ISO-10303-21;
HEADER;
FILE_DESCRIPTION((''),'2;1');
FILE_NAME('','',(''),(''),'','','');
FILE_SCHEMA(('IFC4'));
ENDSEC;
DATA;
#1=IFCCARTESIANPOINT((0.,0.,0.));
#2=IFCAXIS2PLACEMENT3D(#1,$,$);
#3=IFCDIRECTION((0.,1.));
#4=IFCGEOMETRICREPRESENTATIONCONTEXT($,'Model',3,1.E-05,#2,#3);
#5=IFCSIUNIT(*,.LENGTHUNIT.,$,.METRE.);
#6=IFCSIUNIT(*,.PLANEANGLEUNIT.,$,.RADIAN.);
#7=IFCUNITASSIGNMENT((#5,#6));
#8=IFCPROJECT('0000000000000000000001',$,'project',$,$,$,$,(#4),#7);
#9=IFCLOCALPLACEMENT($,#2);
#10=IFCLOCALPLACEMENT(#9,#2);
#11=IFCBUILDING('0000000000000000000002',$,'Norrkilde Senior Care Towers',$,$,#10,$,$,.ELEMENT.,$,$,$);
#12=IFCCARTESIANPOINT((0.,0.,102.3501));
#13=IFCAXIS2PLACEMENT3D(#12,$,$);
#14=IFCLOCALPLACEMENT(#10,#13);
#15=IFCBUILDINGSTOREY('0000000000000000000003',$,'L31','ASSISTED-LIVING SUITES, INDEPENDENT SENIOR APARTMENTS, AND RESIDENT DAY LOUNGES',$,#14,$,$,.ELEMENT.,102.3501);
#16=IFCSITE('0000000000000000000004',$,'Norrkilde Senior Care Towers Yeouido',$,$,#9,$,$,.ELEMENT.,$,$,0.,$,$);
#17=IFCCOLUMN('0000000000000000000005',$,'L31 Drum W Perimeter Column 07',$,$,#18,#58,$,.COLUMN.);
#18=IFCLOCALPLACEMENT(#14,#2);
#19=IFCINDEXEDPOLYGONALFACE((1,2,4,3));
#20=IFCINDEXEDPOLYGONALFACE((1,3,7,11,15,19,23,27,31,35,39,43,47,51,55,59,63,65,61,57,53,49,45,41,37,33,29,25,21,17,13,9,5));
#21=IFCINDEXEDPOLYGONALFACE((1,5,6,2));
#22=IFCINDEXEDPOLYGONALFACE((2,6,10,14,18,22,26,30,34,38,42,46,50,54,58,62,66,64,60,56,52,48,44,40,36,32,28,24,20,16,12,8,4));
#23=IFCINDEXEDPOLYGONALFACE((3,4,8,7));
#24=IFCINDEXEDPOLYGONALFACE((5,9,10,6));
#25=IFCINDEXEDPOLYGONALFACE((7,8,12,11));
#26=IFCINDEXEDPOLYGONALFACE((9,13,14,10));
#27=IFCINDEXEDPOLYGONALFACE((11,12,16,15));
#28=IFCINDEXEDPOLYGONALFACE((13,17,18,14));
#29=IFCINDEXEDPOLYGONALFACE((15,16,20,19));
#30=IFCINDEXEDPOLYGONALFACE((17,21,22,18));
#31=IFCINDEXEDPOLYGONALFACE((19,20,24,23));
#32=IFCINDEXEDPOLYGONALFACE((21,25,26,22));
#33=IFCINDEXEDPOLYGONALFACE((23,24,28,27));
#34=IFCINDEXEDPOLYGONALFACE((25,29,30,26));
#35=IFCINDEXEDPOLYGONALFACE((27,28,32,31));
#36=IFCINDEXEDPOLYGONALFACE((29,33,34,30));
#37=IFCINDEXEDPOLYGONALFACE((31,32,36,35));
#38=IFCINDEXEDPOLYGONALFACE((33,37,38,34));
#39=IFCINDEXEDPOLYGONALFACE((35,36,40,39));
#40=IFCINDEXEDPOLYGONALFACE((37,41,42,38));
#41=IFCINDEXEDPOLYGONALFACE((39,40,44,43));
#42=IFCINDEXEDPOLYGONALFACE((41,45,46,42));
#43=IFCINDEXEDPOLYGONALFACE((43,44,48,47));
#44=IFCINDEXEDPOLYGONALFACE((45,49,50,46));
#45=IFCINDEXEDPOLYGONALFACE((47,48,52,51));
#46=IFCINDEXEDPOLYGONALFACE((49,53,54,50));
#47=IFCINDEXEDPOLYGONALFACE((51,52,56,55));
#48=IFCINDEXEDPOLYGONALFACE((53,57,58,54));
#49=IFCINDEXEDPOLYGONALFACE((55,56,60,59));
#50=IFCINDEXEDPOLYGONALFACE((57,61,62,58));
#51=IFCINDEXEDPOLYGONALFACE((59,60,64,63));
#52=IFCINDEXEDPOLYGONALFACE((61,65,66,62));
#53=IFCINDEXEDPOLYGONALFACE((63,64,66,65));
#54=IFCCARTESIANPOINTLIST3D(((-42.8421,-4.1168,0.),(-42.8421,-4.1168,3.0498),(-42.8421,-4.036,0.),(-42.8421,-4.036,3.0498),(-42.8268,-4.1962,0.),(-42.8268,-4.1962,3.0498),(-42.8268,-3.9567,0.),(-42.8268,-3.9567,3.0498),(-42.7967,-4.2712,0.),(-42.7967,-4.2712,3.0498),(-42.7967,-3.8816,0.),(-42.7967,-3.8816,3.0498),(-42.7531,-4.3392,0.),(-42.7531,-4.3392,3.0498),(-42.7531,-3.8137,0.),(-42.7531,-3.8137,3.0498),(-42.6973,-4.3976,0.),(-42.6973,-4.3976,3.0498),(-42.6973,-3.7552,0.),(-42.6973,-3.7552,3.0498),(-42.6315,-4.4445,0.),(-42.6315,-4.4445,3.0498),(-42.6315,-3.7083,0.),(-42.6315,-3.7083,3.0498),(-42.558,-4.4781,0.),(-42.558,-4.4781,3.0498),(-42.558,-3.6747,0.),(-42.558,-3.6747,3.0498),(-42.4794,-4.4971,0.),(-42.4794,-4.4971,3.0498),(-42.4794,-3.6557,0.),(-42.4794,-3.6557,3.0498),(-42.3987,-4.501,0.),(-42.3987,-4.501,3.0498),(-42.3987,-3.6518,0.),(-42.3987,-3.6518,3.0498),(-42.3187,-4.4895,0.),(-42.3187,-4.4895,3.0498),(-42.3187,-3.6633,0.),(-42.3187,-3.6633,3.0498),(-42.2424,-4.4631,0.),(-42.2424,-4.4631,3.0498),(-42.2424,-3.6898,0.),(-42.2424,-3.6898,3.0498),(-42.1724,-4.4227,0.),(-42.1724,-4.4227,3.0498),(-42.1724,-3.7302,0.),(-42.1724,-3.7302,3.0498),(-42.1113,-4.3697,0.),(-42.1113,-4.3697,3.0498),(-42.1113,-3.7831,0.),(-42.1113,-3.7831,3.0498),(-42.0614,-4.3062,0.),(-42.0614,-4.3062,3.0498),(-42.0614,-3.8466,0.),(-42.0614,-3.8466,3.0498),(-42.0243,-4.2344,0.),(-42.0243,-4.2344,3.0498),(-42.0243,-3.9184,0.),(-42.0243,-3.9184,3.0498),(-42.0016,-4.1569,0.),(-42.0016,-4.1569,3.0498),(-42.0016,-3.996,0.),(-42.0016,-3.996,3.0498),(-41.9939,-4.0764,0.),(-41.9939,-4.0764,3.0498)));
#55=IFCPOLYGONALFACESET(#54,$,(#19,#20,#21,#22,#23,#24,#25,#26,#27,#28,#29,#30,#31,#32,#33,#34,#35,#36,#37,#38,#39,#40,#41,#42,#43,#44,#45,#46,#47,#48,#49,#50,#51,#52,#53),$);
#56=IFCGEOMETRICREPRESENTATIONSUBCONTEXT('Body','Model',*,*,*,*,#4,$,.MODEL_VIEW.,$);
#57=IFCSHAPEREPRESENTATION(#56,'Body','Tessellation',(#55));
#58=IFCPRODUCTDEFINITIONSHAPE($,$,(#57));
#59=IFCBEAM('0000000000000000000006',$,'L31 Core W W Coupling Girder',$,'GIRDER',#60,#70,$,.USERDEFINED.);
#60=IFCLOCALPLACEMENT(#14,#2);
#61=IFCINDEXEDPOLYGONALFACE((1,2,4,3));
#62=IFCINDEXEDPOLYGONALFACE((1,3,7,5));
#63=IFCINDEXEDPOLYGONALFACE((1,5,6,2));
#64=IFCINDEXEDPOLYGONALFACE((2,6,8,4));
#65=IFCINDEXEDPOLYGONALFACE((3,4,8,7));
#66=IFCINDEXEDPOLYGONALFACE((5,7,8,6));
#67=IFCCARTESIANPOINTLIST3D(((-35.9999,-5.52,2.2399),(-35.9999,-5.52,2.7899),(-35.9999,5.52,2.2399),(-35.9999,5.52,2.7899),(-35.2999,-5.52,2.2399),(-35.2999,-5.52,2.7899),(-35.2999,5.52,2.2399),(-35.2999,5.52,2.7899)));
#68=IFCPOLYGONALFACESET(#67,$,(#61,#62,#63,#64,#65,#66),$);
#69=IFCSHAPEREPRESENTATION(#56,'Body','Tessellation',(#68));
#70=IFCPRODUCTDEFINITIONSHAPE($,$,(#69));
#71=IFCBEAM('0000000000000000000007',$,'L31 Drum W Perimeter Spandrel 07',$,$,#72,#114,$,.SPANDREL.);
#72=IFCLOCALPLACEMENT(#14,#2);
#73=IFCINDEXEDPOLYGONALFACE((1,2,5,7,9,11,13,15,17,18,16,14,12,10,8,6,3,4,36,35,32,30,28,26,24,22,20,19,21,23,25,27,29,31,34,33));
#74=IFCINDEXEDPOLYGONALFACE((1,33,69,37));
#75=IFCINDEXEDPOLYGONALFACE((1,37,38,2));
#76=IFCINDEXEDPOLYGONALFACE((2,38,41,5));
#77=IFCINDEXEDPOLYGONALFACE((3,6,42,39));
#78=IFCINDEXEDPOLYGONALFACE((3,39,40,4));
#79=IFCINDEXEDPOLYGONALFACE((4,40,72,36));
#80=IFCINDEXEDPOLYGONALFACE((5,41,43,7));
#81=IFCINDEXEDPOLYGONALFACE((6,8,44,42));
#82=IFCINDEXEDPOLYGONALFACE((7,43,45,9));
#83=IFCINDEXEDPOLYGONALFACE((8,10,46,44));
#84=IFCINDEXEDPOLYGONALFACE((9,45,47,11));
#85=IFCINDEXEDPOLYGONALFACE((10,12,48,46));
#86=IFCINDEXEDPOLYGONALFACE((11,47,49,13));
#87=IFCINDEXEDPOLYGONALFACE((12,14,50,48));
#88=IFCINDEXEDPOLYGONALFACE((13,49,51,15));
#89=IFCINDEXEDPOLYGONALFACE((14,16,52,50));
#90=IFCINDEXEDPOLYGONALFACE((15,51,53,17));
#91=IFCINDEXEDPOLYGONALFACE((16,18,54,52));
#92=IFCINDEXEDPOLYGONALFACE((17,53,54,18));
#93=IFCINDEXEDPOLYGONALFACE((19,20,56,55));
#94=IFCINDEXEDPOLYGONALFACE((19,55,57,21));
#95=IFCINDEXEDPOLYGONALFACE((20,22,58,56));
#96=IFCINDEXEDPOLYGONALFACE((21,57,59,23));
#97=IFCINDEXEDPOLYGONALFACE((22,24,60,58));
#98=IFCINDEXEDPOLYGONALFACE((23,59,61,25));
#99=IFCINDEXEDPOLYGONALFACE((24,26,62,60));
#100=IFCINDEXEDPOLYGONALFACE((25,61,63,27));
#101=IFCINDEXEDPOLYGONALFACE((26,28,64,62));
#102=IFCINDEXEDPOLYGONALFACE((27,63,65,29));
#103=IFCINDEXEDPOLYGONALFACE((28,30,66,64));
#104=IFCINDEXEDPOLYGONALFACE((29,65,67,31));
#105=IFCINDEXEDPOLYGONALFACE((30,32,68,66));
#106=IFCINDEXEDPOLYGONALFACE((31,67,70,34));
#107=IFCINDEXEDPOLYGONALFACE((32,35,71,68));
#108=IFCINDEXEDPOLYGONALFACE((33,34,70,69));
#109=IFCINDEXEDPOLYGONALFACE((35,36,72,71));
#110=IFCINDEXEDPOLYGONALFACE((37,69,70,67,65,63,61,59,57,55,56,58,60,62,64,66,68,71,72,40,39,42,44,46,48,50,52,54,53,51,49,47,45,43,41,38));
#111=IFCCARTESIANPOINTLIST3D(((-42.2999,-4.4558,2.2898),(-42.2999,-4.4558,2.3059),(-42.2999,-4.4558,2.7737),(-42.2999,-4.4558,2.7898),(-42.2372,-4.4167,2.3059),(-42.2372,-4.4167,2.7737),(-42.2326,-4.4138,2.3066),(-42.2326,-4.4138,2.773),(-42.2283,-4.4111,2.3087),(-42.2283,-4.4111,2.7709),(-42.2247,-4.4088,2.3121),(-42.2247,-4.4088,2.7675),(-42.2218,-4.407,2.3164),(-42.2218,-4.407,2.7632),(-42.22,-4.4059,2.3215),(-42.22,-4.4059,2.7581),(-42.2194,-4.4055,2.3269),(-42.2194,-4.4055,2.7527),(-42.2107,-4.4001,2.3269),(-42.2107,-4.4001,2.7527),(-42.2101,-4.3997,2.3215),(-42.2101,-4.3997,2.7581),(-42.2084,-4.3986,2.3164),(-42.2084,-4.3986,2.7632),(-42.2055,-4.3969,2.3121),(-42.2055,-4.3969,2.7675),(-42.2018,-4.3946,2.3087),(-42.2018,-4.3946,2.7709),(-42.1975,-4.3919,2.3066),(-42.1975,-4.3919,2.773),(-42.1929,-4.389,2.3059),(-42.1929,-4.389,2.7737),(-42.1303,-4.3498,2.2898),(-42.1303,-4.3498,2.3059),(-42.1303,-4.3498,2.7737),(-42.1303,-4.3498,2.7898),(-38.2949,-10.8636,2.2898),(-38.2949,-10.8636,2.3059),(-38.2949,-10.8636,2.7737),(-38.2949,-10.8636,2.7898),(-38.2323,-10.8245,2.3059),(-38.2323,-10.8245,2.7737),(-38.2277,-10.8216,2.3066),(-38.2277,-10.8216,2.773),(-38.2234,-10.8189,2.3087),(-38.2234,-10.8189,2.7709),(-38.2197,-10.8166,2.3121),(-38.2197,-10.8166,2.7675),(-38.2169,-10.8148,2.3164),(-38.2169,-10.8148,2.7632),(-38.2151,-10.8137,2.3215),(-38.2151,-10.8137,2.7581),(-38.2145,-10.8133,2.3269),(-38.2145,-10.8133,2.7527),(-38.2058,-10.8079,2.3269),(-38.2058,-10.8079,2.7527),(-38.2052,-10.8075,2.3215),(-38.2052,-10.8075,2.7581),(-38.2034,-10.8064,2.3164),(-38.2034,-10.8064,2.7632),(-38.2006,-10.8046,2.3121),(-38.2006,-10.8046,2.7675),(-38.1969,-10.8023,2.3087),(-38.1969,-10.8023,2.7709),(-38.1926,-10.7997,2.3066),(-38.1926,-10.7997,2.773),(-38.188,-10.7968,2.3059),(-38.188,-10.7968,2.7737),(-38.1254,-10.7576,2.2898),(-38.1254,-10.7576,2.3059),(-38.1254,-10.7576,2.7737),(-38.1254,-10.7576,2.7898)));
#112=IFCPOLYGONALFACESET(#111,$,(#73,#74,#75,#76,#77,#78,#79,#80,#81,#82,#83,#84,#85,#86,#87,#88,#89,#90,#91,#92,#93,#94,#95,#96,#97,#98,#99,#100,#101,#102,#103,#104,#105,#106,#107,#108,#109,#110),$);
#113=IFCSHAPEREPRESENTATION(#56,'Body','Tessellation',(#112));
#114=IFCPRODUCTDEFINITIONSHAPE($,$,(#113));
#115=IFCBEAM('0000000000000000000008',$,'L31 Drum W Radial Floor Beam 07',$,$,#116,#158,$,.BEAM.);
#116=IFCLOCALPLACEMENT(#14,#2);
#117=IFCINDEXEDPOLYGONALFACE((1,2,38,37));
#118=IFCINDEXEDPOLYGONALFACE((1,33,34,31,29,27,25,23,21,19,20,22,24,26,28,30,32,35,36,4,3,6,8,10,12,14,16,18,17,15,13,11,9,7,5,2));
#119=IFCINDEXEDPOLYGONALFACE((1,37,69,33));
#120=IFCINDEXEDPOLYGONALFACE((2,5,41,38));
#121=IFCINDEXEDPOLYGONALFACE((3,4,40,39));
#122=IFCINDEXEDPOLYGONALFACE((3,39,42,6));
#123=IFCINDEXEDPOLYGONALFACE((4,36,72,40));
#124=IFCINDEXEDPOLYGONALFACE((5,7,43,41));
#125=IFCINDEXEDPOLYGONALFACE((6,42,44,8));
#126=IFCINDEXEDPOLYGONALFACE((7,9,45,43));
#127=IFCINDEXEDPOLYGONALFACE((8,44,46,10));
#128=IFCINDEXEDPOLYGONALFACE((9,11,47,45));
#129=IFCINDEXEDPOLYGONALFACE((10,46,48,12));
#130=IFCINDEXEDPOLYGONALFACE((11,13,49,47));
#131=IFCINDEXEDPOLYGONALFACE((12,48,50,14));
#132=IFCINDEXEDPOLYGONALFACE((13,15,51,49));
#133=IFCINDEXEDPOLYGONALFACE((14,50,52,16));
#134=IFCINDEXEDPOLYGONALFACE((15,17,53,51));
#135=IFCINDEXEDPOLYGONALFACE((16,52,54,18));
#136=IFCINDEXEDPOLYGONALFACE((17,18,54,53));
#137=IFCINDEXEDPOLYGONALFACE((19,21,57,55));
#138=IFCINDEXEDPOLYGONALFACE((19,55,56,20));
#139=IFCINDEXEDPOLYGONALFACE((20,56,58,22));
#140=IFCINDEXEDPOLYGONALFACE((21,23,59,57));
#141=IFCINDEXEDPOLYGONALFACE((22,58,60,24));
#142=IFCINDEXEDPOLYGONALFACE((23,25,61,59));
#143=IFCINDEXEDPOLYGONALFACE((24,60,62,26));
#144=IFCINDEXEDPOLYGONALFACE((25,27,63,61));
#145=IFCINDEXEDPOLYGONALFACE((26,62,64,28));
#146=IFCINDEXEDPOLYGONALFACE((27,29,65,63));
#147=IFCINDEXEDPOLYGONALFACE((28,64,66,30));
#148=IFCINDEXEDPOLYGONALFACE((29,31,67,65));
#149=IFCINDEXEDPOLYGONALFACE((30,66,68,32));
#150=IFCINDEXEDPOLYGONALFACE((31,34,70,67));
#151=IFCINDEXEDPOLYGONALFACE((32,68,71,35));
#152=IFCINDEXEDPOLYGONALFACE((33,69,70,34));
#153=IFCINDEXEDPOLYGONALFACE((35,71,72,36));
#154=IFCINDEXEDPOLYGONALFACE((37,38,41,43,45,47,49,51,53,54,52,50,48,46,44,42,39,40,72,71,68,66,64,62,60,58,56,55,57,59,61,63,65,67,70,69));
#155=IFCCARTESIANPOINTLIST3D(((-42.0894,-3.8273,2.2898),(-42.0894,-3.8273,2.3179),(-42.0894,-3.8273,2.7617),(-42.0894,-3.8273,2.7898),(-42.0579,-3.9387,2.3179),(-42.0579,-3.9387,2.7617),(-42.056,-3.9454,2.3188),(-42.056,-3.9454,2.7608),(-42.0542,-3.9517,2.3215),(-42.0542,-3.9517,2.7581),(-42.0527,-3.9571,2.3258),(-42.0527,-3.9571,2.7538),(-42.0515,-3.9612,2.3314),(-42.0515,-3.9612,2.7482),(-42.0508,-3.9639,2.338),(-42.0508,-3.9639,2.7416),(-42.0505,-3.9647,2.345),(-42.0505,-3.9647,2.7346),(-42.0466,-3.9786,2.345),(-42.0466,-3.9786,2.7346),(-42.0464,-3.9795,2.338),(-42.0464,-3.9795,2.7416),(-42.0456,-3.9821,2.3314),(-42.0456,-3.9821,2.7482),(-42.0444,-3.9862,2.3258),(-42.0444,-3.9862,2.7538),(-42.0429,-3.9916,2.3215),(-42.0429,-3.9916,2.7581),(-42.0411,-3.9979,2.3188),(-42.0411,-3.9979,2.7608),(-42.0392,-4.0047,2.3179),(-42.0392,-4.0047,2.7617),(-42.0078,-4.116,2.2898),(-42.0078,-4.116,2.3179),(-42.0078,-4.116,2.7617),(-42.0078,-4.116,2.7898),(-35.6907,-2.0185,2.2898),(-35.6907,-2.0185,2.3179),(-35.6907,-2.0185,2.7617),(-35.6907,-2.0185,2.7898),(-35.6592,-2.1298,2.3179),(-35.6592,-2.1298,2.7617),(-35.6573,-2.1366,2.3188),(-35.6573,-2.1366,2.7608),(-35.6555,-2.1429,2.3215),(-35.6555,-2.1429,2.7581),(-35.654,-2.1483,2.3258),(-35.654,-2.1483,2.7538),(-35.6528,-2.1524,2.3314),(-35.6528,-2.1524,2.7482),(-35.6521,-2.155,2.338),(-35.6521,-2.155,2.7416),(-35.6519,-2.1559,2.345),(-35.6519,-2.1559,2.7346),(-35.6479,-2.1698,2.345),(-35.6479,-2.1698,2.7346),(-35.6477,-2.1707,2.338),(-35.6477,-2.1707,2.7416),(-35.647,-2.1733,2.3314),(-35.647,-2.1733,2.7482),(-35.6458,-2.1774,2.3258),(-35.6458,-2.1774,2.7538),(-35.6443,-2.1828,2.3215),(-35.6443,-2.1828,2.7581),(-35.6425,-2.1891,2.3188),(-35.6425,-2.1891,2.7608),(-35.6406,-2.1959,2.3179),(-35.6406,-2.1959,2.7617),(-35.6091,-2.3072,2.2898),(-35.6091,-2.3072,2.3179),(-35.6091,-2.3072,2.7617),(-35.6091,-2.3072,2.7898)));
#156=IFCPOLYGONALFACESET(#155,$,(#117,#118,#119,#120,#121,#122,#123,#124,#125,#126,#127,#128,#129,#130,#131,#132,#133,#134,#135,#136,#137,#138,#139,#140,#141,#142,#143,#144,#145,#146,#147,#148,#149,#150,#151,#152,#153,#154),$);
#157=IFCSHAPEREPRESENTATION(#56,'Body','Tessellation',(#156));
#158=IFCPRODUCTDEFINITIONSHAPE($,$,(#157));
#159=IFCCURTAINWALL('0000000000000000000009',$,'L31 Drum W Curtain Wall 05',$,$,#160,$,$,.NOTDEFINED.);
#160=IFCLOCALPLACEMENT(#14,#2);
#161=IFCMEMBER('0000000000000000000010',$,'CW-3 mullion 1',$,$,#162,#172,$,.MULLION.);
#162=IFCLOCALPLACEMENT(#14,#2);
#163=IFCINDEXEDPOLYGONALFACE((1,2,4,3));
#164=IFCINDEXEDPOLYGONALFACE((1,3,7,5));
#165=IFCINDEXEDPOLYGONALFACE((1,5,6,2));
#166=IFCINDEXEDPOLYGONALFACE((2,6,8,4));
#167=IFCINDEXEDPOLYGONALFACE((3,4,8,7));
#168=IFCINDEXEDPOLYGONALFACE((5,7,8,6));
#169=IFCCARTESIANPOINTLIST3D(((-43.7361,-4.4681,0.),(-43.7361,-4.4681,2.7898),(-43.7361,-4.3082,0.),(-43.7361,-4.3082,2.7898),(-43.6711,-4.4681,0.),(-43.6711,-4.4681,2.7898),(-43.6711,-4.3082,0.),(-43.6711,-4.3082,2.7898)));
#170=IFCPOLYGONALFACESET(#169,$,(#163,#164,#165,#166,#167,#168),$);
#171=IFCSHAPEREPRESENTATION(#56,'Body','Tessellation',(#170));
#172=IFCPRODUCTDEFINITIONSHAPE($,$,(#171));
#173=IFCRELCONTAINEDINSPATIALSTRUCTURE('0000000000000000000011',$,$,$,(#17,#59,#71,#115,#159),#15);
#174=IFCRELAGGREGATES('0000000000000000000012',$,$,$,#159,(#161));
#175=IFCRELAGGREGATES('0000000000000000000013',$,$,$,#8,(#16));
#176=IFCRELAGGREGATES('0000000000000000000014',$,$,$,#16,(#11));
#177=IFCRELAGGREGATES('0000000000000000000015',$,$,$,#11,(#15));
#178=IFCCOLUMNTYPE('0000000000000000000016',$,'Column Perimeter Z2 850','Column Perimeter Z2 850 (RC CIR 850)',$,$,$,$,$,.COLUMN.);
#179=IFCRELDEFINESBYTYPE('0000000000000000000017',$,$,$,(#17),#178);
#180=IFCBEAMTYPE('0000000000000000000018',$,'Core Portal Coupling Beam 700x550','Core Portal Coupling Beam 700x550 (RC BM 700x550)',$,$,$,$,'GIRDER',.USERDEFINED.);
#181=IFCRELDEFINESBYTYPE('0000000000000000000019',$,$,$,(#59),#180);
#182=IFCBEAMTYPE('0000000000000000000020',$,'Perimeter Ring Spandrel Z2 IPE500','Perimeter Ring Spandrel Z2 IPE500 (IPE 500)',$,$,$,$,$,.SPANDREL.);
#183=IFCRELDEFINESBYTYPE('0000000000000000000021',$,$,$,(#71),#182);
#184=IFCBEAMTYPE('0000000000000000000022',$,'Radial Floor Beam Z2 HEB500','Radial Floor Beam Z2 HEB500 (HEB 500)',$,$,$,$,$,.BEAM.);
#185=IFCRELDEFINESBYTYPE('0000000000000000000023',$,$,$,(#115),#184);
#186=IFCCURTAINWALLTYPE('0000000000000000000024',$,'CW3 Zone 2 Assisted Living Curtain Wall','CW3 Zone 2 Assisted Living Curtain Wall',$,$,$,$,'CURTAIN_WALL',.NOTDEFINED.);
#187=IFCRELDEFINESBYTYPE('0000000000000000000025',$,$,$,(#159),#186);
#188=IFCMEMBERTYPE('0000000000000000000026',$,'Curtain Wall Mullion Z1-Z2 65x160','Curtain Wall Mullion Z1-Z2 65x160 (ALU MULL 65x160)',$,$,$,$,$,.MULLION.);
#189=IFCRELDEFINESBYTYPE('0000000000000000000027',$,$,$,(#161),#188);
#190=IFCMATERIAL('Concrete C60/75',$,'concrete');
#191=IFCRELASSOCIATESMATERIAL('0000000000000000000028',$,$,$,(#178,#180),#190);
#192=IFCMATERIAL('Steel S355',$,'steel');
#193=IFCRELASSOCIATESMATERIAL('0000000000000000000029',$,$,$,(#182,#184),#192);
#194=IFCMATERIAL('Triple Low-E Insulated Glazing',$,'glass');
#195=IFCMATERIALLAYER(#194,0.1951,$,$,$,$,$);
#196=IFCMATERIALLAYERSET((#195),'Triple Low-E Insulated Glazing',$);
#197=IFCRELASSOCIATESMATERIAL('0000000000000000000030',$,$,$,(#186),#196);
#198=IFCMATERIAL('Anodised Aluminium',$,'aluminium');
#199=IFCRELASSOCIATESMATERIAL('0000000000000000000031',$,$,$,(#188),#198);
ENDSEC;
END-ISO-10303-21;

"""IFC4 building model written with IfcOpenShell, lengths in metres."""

from ifc_helpers import new_model, si_unit, direction, frame, origin, origin_2d, place, context, subcontext, project, spatial, rectangle, circle, i_section, extrude, source, transform, mapped, material, layer, layer_set, material_profile, profile_set, type_object, type_shapes, element, aggregate, save


model = new_model("IFC4")

# Units and contexts
model_context = context("Model", 3, precision=1e-05, world=origin(), true_north=direction((0.0, 1.0)))
body_context = subcontext(model_context, "Body", "Model", "MODEL_VIEW")
ifc_project = project(units=[si_unit("LENGTHUNIT", "METRE"), si_unit("PLANEANGLEUNIT", "RADIAN")], contexts=[model_context])

# Site, building, storey
site_placement = place(None, origin())
site = spatial("IfcSite", under=ifc_project, at=site_placement, Name="Norrkilde Senior Care Towers Yeouido", CompositionType="ELEMENT", RefElevation=0.0)
building_placement = place(site_placement, origin())
building = spatial("IfcBuilding", under=site, at=building_placement, Name="Norrkilde Senior Care Towers", CompositionType="ELEMENT")
storey_placement = place(building_placement, frame((0.0, 0.0, 102.3501)))
storey = spatial("IfcBuildingStorey", under=building, at=storey_placement, Name="L31", Description="ASSISTED-LIVING SUITES, INDEPENDENT SENIOR APARTMENTS, AND RESIDENT DAY LOUNGES", CompositionType="ELEMENT", Elevation=102.3501)

# Column
ifc_material_1 = material(Name="Concrete C60/75", Category="concrete")
ifc_material_profile_1 = material_profile(ifc_material_1, circle(Radius=0.425, at=origin_2d()), Name="RC CIR 850")
ifc_profile_set_1 = profile_set([ifc_material_profile_1], Name="Concrete C60/75")
column_type = type_object("IfcColumnType", Name="Column Perimeter Z2 850", Description="Column Perimeter Z2 850 (RC CIR 850)", PredefinedType="COLUMN", material=ifc_profile_set_1)
shared_shape_1 = source(origin(), body_context, "Body", "SweptSolid", [
    extrude(circle(Radius=0.425, at=origin_2d()), origin(), (0.0, 0.0, 1.0), 3.0498),
])
type_shapes(column_type, [shared_shape_1])
column_placement = place(storey_placement, frame((-42.4189, -4.0764, 0.0), z_axis=(0.0, 0.0, 1.0), x_axis=(1.0, 0.0, 0.0)))
element("IfcColumn", 1, at=column_placement, inside=storey, type_object=column_type, Name="L31 Drum W Perimeter Column 07", PredefinedType="COLUMN", context=body_context, shape_type="MappedRepresentation", body=[
    mapped(shared_shape_1, transform((0.0, 0.0, 0.0), x_axis=(1.0, 0.0, 0.0), y_axis=(0.0, 1.0, 0.0), z_axis=(0.0, 0.0, 1.0), scale=1.0)),
])

# Beams
ifc_material_profile_2 = material_profile(ifc_material_1, rectangle(XDim=0.7, YDim=0.55, at=origin_2d()), Name="RC BM 700x550")
ifc_profile_set_2 = profile_set([ifc_material_profile_2], Name="Concrete C60/75")
beam_type_1 = type_object("IfcBeamType", Name="Core Portal Coupling Beam 700x550", Description="Core Portal Coupling Beam 700x550 (RC BM 700x550)", ElementType="GIRDER", PredefinedType="USERDEFINED", material=ifc_profile_set_2)
shared_shape_2 = source(origin(), body_context, "Body", "SweptSolid", [
    extrude(rectangle(XDim=0.7, YDim=0.55, at=origin_2d()), origin(), (0.0, 0.0, 1.0), 11.04),
])
type_shapes(beam_type_1, [shared_shape_2])
beam_1_placement = place(storey_placement, frame((-35.6499, -5.52, 2.5149), z_axis=(0.0, 1.0, 0.0), x_axis=(-1.0, 0.0, 0.0)))
element("IfcBeam", 2, at=beam_1_placement, inside=storey, type_object=beam_type_1, Name="L31 Core W W Coupling Girder", ObjectType="GIRDER", PredefinedType="USERDEFINED", context=body_context, shape_type="MappedRepresentation", body=[
    mapped(shared_shape_2, transform((0.0, 0.0, 0.0), x_axis=(1.0, 0.0, 0.0), y_axis=(0.0, 1.0, 0.0), z_axis=(0.0, 0.0, 1.0), scale=1.0)),
])
ifc_material_2 = material(Name="Steel S355", Category="steel")
ifc_material_profile_3 = material_profile(ifc_material_2, i_section(OverallWidth=0.2, OverallDepth=0.5, WebThickness=0.0103, FlangeThickness=0.0161, FilletRadius=0.021, at=origin_2d()), Name="IPE 500")
ifc_profile_set_3 = profile_set([ifc_material_profile_3], Name="Steel S355")
beam_type_2 = type_object("IfcBeamType", Name="Perimeter Ring Spandrel Z2 IPE500", Description="Perimeter Ring Spandrel Z2 IPE500 (IPE 500)", PredefinedType="SPANDREL", material=ifc_profile_set_3)
shared_shape_3 = source(origin(), body_context, "Body", "SweptSolid", [
    extrude(i_section(OverallWidth=0.2, OverallDepth=0.5, WebThickness=0.0103, FlangeThickness=0.0161, FilletRadius=0.021, at=origin_2d()), origin(), (0.0, 0.0, 1.0), 7.5564),
])
type_shapes(beam_type_2, [shared_shape_3])
beam_2_placement = place(storey_placement, frame((-42.2151, -4.4028, 2.5398), z_axis=(0.530005, -0.847995, 0.0), x_axis=(0.847995, 0.530005, 0.0)))
element("IfcBeam", 3, at=beam_2_placement, inside=storey, type_object=beam_type_2, Name="L31 Drum W Perimeter Spandrel 07", PredefinedType="SPANDREL", context=body_context, shape_type="MappedRepresentation", body=[
    mapped(shared_shape_3, transform((0.0, 0.0, 0.0), x_axis=(1.0, 0.0, 0.0), y_axis=(0.0, 1.0, 0.0), z_axis=(0.0, 0.0, 1.0), scale=1.0)),
])
ifc_material_profile_4 = material_profile(ifc_material_2, i_section(OverallWidth=0.3, OverallDepth=0.5, WebThickness=0.0144, FlangeThickness=0.0281, FilletRadius=0.0271, at=origin_2d()), Name="HEB 500")
ifc_profile_set_4 = profile_set([ifc_material_profile_4], Name="Steel S355")
beam_type_3 = type_object("IfcBeamType", Name="Radial Floor Beam Z2 HEB500", Description="Radial Floor Beam Z2 HEB500 (HEB 500)", PredefinedType="BEAM", material=ifc_profile_set_4)
shared_shape_4 = source(origin(), body_context, "Body", "SweptSolid", [
    extrude(i_section(OverallWidth=0.3, OverallDepth=0.5, WebThickness=0.0144, FlangeThickness=0.0281, FilletRadius=0.0271, at=origin_2d()), origin(), (0.0, 0.0, 1.0), 6.6494),
])
type_shapes(beam_type_3, [shared_shape_4])
beam_3_placement = place(storey_placement, frame((-35.6499, -2.1628, 2.5398), z_axis=(-0.962289, -0.272029, 0.0), x_axis=(0.272029, -0.962289, 0.0)))
element("IfcBeam", 4, at=beam_3_placement, inside=storey, type_object=beam_type_3, Name="L31 Drum W Radial Floor Beam 07", PredefinedType="BEAM", context=body_context, shape_type="MappedRepresentation", body=[
    mapped(shared_shape_4, transform((0.0, 0.0, 0.0), x_axis=(1.0, 0.0, 0.0), y_axis=(0.0, 1.0, 0.0), z_axis=(0.0, 0.0, 1.0), scale=1.0)),
])

# Curtain wall, member
ifc_material_3 = material(Name="Triple Low-E Insulated Glazing", Category="glass")
ifc_layer_1 = layer(ifc_material_3, 0.1951)
ifc_layer_set_1 = layer_set([ifc_layer_1], Name="Triple Low-E Insulated Glazing")
curtain_wall_type = type_object("IfcCurtainWallType", Name="CW3 Zone 2 Assisted Living Curtain Wall", Description="CW3 Zone 2 Assisted Living Curtain Wall", ElementType="CURTAIN_WALL", PredefinedType="NOTDEFINED", material=ifc_layer_set_1)
curtain_wall_1_placement = place(storey_placement, origin())
curtain_wall_1 = element("IfcCurtainWall", 5, at=curtain_wall_1_placement, inside=storey, type_object=curtain_wall_type, Name="L31 Drum W Curtain Wall 05", PredefinedType="NOTDEFINED")
ifc_material_4 = material(Name="Anodised Aluminium", Category="aluminium")
ifc_material_profile_5 = material_profile(ifc_material_4, rectangle(XDim=0.0649, YDim=0.1599, at=origin_2d()), Name="ALU MULL 65x160")
ifc_profile_set_5 = profile_set([ifc_material_profile_5], Name="Anodised Aluminium")
member_type_1 = type_object("IfcMemberType", Name="Curtain Wall Mullion Z1-Z2 65x160", Description="Curtain Wall Mullion Z1-Z2 65x160 (ALU MULL 65x160)", PredefinedType="MULLION", material=ifc_profile_set_5)
shared_shape_5 = source(origin(), body_context, "Body", "SweptSolid", [
    extrude(rectangle(XDim=0.0649, YDim=0.1599, at=origin_2d()), origin(), (0.0, 0.0, 1.0), 2.7898),
])
type_shapes(member_type_1, [shared_shape_5])
member_1_placement = place(storey_placement, frame((-43.7036, -4.3882, 0.0), z_axis=(0.0, 0.0, 1.0), x_axis=(-1.0, 0.0, 0.0)))
member_1 = element("IfcMember", 6, at=member_1_placement, type_object=member_type_1, Name="CW-3 mullion 1", PredefinedType="MULLION", context=body_context, shape_type="MappedRepresentation", body=[
    mapped(shared_shape_5, transform((0.0, 0.0, 0.0), x_axis=(1.0, 0.0, 0.0), y_axis=(0.0, 1.0, 0.0), z_axis=(0.0, 0.0, 1.0), scale=1.0)),
])

aggregate(curtain_wall_1, [member_1])

save(model, "model.ifc")
